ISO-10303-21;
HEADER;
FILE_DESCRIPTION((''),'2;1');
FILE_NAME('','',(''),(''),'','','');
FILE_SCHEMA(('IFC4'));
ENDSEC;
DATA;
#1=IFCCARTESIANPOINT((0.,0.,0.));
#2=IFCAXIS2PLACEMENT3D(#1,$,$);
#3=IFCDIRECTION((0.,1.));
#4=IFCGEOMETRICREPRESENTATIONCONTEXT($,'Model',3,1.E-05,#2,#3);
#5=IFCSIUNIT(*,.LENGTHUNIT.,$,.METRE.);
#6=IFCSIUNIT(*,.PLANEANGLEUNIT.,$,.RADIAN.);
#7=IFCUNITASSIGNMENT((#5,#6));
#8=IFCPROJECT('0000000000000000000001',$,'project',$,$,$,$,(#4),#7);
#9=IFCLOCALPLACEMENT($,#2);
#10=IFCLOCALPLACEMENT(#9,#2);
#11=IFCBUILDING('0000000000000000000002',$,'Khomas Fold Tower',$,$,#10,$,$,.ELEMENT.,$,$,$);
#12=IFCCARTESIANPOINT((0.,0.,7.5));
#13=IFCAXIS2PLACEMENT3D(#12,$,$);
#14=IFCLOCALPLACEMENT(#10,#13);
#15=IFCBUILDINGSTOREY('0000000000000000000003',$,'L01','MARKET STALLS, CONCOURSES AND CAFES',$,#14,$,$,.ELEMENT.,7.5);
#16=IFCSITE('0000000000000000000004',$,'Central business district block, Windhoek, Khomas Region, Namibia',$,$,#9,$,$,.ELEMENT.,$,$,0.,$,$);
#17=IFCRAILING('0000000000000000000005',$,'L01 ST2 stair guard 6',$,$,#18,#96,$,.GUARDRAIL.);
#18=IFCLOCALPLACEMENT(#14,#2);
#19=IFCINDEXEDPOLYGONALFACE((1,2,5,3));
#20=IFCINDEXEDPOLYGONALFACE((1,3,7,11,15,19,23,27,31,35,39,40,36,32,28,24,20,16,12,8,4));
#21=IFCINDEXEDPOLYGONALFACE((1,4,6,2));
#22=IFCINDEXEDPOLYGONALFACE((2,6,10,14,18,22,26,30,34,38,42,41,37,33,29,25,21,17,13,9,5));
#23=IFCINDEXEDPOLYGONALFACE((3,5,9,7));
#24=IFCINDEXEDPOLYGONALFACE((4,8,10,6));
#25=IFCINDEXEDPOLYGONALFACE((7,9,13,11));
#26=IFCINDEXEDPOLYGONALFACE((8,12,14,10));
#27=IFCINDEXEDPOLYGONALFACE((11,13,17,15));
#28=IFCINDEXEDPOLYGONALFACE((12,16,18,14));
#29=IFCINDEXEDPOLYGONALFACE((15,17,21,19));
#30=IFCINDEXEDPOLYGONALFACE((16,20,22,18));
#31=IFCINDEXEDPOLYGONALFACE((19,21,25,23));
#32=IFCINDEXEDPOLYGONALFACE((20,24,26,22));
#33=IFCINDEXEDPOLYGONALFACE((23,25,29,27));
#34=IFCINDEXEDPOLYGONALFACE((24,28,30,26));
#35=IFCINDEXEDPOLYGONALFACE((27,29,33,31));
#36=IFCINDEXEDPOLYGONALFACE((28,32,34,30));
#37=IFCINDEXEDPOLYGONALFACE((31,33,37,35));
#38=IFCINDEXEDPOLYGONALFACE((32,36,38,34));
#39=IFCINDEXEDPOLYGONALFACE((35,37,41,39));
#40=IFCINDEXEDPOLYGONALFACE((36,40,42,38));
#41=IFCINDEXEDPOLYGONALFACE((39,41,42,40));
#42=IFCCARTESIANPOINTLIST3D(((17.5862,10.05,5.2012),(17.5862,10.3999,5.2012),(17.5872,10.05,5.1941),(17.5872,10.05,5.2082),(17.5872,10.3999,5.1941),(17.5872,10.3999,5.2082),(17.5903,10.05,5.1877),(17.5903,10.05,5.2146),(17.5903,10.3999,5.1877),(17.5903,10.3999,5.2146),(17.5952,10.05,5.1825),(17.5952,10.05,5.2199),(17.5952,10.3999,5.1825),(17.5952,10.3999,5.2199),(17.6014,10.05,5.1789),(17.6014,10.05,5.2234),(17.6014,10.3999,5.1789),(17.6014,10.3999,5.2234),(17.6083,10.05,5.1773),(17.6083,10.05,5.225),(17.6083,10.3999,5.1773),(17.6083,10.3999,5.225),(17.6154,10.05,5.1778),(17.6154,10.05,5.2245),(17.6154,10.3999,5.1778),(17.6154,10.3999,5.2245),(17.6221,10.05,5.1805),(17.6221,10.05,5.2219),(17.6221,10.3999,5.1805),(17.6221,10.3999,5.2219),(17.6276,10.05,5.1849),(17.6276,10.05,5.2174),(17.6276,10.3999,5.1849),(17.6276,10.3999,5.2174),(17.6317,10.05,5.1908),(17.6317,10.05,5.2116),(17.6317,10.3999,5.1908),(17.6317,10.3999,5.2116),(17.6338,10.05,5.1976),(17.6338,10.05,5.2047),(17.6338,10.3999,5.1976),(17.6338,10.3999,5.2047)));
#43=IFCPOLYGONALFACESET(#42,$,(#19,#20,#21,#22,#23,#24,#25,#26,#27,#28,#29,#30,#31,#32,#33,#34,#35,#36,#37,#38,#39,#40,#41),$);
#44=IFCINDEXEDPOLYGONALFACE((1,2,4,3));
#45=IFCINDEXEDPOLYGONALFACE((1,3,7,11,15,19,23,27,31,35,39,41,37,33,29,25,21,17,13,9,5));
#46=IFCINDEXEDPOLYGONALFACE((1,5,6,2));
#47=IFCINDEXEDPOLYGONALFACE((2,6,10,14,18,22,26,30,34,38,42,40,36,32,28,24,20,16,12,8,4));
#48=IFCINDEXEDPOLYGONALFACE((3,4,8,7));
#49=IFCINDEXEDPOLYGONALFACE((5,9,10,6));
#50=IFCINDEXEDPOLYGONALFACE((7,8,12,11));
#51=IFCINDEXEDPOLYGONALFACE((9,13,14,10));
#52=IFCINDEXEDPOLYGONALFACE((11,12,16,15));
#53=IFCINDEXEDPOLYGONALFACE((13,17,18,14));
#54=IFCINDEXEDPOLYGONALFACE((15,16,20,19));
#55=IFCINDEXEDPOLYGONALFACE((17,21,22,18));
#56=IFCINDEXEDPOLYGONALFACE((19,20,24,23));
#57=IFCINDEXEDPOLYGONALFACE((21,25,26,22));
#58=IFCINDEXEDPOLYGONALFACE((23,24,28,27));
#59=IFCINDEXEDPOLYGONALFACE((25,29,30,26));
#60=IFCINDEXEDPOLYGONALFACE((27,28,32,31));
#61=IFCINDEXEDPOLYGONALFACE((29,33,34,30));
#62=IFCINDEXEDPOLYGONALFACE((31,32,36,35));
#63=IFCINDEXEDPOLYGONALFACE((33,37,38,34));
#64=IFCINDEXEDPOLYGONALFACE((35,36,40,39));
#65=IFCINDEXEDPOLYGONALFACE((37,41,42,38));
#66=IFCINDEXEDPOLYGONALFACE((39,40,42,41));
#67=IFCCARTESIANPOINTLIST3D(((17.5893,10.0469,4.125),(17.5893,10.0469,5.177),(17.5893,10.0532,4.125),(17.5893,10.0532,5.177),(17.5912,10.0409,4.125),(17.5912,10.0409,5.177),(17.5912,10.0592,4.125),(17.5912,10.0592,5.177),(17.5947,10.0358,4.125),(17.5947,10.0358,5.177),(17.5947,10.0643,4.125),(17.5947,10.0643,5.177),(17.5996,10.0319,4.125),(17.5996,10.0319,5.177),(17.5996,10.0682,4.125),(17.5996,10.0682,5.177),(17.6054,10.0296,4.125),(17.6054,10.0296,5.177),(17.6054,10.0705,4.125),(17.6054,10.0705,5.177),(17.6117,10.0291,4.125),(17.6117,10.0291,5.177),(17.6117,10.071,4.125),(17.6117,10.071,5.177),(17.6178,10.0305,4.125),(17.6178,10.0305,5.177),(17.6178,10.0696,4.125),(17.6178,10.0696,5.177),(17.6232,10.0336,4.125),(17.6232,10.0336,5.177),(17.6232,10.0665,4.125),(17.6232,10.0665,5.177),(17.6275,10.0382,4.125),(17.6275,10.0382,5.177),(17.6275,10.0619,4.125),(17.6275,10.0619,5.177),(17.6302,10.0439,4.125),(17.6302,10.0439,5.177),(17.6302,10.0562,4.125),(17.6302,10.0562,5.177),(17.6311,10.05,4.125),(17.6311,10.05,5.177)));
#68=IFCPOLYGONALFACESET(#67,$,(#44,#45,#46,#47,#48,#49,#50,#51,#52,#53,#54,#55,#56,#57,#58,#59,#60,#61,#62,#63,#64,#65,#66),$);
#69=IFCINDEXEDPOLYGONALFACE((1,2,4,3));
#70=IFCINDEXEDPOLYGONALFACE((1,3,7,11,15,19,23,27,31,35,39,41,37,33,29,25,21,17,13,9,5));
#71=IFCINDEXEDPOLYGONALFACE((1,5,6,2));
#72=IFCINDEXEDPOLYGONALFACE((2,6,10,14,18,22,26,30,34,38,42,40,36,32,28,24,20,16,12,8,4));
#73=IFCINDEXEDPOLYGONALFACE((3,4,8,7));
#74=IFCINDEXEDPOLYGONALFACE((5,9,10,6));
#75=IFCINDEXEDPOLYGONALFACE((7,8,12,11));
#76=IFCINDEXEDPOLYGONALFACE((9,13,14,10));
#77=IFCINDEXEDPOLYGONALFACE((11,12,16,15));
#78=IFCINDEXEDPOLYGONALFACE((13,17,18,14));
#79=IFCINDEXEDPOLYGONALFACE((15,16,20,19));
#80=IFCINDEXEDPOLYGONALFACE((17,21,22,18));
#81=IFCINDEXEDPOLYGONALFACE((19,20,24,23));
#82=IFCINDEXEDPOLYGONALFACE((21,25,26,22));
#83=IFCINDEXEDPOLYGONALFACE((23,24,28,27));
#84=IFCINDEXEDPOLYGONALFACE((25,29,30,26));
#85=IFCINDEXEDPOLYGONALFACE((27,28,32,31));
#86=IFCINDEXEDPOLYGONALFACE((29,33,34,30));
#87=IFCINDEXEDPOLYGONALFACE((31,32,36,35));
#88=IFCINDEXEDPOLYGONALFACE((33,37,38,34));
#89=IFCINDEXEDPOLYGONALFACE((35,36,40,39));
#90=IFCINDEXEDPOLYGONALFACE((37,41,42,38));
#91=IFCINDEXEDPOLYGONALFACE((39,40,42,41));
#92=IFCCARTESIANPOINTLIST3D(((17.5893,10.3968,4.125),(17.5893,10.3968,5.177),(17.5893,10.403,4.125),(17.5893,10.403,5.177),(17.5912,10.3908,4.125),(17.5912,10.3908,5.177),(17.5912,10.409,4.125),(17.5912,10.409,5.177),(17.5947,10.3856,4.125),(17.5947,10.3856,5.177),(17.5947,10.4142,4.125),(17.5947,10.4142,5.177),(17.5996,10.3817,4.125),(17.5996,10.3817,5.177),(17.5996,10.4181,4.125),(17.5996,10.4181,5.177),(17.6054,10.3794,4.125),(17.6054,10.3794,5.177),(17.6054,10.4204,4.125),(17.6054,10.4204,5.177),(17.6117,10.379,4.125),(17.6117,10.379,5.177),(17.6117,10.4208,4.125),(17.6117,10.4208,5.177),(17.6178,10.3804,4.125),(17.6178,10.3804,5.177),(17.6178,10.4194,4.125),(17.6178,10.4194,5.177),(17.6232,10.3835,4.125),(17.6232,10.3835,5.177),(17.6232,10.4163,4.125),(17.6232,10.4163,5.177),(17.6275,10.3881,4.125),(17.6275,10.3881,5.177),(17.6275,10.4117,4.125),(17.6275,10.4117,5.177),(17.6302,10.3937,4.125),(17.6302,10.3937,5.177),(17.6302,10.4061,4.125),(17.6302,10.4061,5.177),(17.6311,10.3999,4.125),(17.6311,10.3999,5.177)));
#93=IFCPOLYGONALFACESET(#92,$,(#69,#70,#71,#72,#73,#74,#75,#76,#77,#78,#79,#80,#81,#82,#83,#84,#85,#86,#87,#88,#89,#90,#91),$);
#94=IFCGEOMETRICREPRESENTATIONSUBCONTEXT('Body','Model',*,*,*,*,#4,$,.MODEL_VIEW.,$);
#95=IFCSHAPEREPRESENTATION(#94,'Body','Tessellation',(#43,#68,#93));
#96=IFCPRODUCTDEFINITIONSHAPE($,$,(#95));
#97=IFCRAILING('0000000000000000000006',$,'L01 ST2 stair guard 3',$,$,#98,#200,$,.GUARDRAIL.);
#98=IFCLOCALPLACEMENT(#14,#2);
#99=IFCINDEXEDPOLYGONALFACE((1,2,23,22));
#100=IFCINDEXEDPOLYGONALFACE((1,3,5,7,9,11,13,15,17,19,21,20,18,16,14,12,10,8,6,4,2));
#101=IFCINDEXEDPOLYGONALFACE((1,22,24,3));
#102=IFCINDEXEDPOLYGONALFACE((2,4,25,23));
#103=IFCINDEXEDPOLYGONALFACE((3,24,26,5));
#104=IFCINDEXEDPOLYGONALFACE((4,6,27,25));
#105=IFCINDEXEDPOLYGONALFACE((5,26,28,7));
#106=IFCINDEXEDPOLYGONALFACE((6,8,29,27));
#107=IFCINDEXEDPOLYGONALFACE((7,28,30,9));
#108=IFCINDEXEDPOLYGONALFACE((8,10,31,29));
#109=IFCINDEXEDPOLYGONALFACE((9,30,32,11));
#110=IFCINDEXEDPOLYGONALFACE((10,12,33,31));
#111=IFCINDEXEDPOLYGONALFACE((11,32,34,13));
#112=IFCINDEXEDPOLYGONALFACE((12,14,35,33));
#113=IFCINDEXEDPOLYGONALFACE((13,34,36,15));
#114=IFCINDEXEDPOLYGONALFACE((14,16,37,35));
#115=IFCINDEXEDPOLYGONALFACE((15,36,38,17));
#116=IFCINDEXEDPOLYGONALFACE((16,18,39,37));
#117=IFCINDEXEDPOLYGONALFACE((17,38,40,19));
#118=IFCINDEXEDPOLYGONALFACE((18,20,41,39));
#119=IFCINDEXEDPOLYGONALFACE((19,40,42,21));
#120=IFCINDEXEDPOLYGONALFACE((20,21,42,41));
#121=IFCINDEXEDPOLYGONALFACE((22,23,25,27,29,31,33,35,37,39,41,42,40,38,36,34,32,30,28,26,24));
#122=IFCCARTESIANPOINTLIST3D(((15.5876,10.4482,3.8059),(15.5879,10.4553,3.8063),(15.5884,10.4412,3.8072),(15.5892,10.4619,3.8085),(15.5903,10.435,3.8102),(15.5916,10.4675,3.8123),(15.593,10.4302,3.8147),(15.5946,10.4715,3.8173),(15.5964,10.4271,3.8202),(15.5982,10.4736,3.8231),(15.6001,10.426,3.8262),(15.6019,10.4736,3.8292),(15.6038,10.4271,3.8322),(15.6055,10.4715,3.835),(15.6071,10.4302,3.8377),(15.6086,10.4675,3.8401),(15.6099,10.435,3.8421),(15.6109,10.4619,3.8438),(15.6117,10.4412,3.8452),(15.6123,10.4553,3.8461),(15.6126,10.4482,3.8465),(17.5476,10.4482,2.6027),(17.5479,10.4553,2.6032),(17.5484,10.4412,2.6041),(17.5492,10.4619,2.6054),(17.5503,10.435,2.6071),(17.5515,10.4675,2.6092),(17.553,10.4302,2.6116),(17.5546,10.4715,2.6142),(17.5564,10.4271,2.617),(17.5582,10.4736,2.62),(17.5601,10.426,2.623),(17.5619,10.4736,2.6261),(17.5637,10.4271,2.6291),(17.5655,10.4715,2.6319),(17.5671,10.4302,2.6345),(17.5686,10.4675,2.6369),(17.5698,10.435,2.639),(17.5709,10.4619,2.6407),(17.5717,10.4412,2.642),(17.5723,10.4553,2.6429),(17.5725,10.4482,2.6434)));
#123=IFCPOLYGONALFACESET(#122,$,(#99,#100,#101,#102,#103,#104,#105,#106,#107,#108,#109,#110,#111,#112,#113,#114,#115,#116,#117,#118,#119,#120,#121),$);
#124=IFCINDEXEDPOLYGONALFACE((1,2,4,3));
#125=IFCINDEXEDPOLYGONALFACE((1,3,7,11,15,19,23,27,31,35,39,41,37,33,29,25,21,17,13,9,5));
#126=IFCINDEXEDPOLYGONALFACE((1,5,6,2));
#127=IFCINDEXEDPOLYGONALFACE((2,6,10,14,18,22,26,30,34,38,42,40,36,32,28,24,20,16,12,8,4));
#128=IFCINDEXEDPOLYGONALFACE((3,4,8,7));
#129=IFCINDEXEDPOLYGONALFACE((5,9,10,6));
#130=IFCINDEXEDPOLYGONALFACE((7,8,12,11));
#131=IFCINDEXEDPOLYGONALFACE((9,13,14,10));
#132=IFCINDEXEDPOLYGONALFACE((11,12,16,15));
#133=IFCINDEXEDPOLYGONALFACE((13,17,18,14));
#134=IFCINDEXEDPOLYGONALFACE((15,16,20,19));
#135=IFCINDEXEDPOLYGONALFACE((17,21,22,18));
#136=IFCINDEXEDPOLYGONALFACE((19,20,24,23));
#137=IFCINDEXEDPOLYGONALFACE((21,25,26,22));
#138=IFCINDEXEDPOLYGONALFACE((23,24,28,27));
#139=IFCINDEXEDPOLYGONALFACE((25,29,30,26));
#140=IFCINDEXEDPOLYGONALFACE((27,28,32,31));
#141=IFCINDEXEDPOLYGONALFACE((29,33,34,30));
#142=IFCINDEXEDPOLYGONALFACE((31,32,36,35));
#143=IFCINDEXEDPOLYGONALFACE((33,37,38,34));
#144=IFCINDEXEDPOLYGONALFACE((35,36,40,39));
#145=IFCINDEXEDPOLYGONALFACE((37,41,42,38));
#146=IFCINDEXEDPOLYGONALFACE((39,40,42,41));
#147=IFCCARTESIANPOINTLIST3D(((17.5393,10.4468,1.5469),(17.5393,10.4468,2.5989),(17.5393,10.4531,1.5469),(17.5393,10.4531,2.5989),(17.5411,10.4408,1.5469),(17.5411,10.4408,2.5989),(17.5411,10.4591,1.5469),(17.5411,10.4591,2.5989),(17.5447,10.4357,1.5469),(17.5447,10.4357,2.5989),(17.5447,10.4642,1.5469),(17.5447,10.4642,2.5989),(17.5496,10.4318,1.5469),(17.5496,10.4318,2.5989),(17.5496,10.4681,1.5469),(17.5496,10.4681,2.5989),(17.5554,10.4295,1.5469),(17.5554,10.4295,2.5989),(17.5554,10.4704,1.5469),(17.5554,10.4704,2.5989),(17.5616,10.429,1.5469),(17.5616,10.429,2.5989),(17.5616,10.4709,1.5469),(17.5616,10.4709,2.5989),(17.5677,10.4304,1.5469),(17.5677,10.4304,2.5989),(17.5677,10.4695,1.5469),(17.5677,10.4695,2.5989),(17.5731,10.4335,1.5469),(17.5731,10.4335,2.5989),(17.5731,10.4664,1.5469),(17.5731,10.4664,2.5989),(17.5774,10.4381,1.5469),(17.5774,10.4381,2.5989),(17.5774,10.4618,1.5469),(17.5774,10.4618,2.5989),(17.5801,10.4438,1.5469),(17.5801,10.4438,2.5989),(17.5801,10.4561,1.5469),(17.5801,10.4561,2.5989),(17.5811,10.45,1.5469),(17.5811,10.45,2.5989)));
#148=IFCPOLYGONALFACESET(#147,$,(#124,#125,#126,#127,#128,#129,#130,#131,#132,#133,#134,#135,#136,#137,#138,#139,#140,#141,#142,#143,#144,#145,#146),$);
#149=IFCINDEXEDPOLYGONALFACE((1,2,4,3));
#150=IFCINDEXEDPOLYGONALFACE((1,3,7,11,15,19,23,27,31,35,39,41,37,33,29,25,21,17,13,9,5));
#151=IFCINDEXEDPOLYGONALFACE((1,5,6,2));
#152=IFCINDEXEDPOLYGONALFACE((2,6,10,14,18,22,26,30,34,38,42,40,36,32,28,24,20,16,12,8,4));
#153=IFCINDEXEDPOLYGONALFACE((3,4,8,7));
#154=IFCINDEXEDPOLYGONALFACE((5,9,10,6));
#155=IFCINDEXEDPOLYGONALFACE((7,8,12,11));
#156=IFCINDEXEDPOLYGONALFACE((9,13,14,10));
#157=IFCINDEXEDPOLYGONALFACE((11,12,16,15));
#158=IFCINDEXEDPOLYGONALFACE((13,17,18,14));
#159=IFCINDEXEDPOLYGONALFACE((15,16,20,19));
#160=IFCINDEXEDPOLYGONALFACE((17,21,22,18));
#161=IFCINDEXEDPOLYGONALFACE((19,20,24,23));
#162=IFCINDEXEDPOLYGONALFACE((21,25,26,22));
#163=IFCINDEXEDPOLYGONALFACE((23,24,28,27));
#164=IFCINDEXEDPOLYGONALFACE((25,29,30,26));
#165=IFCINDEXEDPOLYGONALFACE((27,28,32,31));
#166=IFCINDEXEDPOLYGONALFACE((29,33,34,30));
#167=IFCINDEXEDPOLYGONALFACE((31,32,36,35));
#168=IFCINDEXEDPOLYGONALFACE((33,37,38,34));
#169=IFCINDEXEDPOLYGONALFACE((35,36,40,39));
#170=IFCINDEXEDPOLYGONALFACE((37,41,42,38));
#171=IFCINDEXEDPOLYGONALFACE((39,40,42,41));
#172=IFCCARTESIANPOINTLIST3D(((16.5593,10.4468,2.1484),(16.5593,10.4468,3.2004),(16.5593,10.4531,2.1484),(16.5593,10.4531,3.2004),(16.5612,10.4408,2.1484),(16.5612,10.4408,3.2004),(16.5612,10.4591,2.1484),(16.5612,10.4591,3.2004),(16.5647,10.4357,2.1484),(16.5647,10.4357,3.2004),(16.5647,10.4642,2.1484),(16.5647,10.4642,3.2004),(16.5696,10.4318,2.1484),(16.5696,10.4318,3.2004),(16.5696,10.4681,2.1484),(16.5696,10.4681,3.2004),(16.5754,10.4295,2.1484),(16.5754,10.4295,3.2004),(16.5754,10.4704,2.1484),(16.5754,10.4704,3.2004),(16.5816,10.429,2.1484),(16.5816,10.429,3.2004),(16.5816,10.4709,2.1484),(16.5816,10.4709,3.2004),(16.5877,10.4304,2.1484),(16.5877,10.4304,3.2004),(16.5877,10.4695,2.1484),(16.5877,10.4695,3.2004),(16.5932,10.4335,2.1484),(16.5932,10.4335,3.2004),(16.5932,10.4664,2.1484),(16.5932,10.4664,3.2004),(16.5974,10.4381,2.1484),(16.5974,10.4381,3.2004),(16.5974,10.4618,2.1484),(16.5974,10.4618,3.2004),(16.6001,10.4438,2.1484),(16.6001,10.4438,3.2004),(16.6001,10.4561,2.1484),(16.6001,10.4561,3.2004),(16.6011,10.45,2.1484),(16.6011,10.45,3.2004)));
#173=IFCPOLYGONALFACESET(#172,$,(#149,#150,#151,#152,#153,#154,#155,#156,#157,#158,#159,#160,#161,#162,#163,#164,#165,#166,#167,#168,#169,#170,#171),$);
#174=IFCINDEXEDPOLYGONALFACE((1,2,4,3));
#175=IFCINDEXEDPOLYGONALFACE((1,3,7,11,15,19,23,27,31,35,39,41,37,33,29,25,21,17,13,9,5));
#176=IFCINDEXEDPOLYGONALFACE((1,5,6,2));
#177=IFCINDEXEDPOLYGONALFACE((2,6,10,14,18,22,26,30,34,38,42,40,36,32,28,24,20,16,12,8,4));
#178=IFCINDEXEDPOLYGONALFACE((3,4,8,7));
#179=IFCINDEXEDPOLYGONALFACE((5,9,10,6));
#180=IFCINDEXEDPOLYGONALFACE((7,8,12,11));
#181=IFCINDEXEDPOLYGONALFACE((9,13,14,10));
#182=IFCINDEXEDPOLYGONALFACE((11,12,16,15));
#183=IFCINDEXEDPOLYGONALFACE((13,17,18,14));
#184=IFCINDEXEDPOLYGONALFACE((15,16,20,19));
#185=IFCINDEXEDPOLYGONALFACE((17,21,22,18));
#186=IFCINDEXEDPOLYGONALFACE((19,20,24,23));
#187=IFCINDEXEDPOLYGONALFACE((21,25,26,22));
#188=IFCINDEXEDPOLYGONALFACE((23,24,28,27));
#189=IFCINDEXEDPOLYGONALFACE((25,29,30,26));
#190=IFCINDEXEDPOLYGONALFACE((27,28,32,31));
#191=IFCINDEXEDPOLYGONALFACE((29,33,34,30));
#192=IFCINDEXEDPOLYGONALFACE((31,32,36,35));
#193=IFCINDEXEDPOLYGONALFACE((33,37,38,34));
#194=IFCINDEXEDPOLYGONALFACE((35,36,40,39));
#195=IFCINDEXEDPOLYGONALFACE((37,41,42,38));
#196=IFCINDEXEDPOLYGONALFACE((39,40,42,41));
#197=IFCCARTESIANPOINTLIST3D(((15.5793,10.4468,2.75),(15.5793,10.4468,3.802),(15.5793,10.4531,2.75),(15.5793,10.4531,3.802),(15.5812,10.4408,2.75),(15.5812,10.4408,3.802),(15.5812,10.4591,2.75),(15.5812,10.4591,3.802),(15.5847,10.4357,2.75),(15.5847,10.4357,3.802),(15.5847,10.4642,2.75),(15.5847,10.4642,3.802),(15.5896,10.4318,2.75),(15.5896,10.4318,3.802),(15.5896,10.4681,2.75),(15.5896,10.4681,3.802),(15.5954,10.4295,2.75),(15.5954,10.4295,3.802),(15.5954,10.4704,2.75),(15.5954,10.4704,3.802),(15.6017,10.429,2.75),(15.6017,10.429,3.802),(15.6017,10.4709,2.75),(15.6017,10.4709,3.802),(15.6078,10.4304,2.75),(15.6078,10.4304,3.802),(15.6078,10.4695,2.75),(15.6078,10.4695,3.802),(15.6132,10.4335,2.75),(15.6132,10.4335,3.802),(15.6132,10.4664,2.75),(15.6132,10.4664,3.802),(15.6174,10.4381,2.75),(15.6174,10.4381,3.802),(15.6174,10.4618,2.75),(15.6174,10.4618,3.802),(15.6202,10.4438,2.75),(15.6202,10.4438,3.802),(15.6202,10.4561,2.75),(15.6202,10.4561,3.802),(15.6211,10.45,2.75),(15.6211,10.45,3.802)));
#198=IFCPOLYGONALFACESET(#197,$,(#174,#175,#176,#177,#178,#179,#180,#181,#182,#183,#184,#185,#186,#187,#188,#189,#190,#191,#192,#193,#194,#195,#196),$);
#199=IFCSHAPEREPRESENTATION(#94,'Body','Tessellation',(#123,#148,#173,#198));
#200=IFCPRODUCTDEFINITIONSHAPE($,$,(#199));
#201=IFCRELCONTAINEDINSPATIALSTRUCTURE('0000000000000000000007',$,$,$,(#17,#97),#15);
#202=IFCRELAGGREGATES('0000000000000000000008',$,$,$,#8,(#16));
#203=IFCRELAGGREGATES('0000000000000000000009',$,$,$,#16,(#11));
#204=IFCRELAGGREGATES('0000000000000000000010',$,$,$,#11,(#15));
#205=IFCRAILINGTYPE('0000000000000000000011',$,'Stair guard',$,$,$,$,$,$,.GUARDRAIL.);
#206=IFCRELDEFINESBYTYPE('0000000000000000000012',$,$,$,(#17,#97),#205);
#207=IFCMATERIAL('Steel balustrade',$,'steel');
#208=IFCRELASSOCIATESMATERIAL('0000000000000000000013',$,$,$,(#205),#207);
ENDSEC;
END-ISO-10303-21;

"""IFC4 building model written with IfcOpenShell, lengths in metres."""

from ifc_helpers import new_model, si_unit, direction, frame, origin, origin_2d, place, context, subcontext, project, spatial, circle, extrude, source, transform, mapped, material, type_object, element, save


model = new_model("IFC4")

# Units and contexts
model_context = context("Model", 3, precision=1e-05, world=origin(), true_north=direction((0.0, 1.0)))
body_context = subcontext(model_context, "Body", "Model", "MODEL_VIEW")
ifc_project = project(units=[si_unit("LENGTHUNIT", "METRE"), si_unit("PLANEANGLEUNIT", "RADIAN")], contexts=[model_context])

# Site, building, storey
site_placement = place(None, origin())
site = spatial("IfcSite", under=ifc_project, at=site_placement, Name="Central business district block, Windhoek, Khomas Region, Namibia", CompositionType="ELEMENT", RefElevation=0.0)
building_placement = place(site_placement, origin())
building = spatial("IfcBuilding", under=site, at=building_placement, Name="Khomas Fold Tower", CompositionType="ELEMENT")
storey_placement = place(building_placement, frame((0.0, 0.0, 7.5)))
storey = spatial("IfcBuildingStorey", under=building, at=storey_placement, Name="L01", Description="MARKET STALLS, CONCOURSES AND CAFES", CompositionType="ELEMENT", Elevation=7.5)

# Railings
ifc_material_1 = material(Name="Steel balustrade", Category="steel")
railing_type_1 = type_object("IfcRailingType", Name="Stair guard", PredefinedType="GUARDRAIL", material=ifc_material_1)
shared_shape_1 = source(origin(), body_context, "Body", "SweptSolid", [
    extrude(circle(Radius=0.0239, at=origin_2d()), frame((0.0, 0.0, 1.0762), z_axis=(0.0, 1.0, 0.0), x_axis=(-1.0, 0.0, 0.0)), (0.0, 0.0, 1.0), 0.3499),
    extrude(circle(Radius=0.021, at=origin_2d()), origin(), (0.0, 0.0, 1.0), 1.052),
    extrude(circle(Radius=0.021, at=origin_2d()), frame((0.0, 0.3499, 0.0)), (0.0, 0.0, 1.0), 1.052),
])
railing_placement = place(storey_placement, frame((17.6101, 10.05, 4.125)))
element("IfcRailing", 1, at=railing_placement, inside=storey, type_object=railing_type_1, Name="L01 ST2 stair guard 6", PredefinedType="GUARDRAIL", context=body_context, shape_type="MappedRepresentation", body=[
    mapped(shared_shape_1, transform((0.0, 0.0, 0.0))),
])
shared_shape_2 = source(origin(), body_context, "Body", "SweptSolid", [
    extrude(circle(Radius=0.0239, at=origin_2d()), frame((0.0, 0.0, 1.0762), z_axis=(-0.852241, 0.0, 0.523149), x_axis=(0.0, -1.0, 0.0)), (0.0, 0.0, 1.0), 2.2998),
    extrude(circle(Radius=0.021, at=origin_2d()), origin(), (0.0, 0.0, 1.0), 1.052),
    extrude(circle(Radius=0.021, at=origin_2d()), frame((-0.98, 0.0, 0.6016)), (0.0, 0.0, 1.0), 1.052),
    extrude(circle(Radius=0.021, at=origin_2d()), frame((-1.96, 0.0, 1.2031)), (0.0, 0.0, 1.0), 1.052),
])
for number, where, name in (
    (2, (17.5601, 10.45, 1.5469), "L01 ST2 stair guard 3"),
):
    element("IfcRailing", number, at=place(storey_placement, frame(where)), inside=storey, type_object=railing_type_1, Name=name, PredefinedType="GUARDRAIL", context=body_context, shape_type="MappedRepresentation", body=[
        mapped(shared_shape_2, transform((0.0, 0.0, 0.0))),
    ])

save(model, "model.ifc")
